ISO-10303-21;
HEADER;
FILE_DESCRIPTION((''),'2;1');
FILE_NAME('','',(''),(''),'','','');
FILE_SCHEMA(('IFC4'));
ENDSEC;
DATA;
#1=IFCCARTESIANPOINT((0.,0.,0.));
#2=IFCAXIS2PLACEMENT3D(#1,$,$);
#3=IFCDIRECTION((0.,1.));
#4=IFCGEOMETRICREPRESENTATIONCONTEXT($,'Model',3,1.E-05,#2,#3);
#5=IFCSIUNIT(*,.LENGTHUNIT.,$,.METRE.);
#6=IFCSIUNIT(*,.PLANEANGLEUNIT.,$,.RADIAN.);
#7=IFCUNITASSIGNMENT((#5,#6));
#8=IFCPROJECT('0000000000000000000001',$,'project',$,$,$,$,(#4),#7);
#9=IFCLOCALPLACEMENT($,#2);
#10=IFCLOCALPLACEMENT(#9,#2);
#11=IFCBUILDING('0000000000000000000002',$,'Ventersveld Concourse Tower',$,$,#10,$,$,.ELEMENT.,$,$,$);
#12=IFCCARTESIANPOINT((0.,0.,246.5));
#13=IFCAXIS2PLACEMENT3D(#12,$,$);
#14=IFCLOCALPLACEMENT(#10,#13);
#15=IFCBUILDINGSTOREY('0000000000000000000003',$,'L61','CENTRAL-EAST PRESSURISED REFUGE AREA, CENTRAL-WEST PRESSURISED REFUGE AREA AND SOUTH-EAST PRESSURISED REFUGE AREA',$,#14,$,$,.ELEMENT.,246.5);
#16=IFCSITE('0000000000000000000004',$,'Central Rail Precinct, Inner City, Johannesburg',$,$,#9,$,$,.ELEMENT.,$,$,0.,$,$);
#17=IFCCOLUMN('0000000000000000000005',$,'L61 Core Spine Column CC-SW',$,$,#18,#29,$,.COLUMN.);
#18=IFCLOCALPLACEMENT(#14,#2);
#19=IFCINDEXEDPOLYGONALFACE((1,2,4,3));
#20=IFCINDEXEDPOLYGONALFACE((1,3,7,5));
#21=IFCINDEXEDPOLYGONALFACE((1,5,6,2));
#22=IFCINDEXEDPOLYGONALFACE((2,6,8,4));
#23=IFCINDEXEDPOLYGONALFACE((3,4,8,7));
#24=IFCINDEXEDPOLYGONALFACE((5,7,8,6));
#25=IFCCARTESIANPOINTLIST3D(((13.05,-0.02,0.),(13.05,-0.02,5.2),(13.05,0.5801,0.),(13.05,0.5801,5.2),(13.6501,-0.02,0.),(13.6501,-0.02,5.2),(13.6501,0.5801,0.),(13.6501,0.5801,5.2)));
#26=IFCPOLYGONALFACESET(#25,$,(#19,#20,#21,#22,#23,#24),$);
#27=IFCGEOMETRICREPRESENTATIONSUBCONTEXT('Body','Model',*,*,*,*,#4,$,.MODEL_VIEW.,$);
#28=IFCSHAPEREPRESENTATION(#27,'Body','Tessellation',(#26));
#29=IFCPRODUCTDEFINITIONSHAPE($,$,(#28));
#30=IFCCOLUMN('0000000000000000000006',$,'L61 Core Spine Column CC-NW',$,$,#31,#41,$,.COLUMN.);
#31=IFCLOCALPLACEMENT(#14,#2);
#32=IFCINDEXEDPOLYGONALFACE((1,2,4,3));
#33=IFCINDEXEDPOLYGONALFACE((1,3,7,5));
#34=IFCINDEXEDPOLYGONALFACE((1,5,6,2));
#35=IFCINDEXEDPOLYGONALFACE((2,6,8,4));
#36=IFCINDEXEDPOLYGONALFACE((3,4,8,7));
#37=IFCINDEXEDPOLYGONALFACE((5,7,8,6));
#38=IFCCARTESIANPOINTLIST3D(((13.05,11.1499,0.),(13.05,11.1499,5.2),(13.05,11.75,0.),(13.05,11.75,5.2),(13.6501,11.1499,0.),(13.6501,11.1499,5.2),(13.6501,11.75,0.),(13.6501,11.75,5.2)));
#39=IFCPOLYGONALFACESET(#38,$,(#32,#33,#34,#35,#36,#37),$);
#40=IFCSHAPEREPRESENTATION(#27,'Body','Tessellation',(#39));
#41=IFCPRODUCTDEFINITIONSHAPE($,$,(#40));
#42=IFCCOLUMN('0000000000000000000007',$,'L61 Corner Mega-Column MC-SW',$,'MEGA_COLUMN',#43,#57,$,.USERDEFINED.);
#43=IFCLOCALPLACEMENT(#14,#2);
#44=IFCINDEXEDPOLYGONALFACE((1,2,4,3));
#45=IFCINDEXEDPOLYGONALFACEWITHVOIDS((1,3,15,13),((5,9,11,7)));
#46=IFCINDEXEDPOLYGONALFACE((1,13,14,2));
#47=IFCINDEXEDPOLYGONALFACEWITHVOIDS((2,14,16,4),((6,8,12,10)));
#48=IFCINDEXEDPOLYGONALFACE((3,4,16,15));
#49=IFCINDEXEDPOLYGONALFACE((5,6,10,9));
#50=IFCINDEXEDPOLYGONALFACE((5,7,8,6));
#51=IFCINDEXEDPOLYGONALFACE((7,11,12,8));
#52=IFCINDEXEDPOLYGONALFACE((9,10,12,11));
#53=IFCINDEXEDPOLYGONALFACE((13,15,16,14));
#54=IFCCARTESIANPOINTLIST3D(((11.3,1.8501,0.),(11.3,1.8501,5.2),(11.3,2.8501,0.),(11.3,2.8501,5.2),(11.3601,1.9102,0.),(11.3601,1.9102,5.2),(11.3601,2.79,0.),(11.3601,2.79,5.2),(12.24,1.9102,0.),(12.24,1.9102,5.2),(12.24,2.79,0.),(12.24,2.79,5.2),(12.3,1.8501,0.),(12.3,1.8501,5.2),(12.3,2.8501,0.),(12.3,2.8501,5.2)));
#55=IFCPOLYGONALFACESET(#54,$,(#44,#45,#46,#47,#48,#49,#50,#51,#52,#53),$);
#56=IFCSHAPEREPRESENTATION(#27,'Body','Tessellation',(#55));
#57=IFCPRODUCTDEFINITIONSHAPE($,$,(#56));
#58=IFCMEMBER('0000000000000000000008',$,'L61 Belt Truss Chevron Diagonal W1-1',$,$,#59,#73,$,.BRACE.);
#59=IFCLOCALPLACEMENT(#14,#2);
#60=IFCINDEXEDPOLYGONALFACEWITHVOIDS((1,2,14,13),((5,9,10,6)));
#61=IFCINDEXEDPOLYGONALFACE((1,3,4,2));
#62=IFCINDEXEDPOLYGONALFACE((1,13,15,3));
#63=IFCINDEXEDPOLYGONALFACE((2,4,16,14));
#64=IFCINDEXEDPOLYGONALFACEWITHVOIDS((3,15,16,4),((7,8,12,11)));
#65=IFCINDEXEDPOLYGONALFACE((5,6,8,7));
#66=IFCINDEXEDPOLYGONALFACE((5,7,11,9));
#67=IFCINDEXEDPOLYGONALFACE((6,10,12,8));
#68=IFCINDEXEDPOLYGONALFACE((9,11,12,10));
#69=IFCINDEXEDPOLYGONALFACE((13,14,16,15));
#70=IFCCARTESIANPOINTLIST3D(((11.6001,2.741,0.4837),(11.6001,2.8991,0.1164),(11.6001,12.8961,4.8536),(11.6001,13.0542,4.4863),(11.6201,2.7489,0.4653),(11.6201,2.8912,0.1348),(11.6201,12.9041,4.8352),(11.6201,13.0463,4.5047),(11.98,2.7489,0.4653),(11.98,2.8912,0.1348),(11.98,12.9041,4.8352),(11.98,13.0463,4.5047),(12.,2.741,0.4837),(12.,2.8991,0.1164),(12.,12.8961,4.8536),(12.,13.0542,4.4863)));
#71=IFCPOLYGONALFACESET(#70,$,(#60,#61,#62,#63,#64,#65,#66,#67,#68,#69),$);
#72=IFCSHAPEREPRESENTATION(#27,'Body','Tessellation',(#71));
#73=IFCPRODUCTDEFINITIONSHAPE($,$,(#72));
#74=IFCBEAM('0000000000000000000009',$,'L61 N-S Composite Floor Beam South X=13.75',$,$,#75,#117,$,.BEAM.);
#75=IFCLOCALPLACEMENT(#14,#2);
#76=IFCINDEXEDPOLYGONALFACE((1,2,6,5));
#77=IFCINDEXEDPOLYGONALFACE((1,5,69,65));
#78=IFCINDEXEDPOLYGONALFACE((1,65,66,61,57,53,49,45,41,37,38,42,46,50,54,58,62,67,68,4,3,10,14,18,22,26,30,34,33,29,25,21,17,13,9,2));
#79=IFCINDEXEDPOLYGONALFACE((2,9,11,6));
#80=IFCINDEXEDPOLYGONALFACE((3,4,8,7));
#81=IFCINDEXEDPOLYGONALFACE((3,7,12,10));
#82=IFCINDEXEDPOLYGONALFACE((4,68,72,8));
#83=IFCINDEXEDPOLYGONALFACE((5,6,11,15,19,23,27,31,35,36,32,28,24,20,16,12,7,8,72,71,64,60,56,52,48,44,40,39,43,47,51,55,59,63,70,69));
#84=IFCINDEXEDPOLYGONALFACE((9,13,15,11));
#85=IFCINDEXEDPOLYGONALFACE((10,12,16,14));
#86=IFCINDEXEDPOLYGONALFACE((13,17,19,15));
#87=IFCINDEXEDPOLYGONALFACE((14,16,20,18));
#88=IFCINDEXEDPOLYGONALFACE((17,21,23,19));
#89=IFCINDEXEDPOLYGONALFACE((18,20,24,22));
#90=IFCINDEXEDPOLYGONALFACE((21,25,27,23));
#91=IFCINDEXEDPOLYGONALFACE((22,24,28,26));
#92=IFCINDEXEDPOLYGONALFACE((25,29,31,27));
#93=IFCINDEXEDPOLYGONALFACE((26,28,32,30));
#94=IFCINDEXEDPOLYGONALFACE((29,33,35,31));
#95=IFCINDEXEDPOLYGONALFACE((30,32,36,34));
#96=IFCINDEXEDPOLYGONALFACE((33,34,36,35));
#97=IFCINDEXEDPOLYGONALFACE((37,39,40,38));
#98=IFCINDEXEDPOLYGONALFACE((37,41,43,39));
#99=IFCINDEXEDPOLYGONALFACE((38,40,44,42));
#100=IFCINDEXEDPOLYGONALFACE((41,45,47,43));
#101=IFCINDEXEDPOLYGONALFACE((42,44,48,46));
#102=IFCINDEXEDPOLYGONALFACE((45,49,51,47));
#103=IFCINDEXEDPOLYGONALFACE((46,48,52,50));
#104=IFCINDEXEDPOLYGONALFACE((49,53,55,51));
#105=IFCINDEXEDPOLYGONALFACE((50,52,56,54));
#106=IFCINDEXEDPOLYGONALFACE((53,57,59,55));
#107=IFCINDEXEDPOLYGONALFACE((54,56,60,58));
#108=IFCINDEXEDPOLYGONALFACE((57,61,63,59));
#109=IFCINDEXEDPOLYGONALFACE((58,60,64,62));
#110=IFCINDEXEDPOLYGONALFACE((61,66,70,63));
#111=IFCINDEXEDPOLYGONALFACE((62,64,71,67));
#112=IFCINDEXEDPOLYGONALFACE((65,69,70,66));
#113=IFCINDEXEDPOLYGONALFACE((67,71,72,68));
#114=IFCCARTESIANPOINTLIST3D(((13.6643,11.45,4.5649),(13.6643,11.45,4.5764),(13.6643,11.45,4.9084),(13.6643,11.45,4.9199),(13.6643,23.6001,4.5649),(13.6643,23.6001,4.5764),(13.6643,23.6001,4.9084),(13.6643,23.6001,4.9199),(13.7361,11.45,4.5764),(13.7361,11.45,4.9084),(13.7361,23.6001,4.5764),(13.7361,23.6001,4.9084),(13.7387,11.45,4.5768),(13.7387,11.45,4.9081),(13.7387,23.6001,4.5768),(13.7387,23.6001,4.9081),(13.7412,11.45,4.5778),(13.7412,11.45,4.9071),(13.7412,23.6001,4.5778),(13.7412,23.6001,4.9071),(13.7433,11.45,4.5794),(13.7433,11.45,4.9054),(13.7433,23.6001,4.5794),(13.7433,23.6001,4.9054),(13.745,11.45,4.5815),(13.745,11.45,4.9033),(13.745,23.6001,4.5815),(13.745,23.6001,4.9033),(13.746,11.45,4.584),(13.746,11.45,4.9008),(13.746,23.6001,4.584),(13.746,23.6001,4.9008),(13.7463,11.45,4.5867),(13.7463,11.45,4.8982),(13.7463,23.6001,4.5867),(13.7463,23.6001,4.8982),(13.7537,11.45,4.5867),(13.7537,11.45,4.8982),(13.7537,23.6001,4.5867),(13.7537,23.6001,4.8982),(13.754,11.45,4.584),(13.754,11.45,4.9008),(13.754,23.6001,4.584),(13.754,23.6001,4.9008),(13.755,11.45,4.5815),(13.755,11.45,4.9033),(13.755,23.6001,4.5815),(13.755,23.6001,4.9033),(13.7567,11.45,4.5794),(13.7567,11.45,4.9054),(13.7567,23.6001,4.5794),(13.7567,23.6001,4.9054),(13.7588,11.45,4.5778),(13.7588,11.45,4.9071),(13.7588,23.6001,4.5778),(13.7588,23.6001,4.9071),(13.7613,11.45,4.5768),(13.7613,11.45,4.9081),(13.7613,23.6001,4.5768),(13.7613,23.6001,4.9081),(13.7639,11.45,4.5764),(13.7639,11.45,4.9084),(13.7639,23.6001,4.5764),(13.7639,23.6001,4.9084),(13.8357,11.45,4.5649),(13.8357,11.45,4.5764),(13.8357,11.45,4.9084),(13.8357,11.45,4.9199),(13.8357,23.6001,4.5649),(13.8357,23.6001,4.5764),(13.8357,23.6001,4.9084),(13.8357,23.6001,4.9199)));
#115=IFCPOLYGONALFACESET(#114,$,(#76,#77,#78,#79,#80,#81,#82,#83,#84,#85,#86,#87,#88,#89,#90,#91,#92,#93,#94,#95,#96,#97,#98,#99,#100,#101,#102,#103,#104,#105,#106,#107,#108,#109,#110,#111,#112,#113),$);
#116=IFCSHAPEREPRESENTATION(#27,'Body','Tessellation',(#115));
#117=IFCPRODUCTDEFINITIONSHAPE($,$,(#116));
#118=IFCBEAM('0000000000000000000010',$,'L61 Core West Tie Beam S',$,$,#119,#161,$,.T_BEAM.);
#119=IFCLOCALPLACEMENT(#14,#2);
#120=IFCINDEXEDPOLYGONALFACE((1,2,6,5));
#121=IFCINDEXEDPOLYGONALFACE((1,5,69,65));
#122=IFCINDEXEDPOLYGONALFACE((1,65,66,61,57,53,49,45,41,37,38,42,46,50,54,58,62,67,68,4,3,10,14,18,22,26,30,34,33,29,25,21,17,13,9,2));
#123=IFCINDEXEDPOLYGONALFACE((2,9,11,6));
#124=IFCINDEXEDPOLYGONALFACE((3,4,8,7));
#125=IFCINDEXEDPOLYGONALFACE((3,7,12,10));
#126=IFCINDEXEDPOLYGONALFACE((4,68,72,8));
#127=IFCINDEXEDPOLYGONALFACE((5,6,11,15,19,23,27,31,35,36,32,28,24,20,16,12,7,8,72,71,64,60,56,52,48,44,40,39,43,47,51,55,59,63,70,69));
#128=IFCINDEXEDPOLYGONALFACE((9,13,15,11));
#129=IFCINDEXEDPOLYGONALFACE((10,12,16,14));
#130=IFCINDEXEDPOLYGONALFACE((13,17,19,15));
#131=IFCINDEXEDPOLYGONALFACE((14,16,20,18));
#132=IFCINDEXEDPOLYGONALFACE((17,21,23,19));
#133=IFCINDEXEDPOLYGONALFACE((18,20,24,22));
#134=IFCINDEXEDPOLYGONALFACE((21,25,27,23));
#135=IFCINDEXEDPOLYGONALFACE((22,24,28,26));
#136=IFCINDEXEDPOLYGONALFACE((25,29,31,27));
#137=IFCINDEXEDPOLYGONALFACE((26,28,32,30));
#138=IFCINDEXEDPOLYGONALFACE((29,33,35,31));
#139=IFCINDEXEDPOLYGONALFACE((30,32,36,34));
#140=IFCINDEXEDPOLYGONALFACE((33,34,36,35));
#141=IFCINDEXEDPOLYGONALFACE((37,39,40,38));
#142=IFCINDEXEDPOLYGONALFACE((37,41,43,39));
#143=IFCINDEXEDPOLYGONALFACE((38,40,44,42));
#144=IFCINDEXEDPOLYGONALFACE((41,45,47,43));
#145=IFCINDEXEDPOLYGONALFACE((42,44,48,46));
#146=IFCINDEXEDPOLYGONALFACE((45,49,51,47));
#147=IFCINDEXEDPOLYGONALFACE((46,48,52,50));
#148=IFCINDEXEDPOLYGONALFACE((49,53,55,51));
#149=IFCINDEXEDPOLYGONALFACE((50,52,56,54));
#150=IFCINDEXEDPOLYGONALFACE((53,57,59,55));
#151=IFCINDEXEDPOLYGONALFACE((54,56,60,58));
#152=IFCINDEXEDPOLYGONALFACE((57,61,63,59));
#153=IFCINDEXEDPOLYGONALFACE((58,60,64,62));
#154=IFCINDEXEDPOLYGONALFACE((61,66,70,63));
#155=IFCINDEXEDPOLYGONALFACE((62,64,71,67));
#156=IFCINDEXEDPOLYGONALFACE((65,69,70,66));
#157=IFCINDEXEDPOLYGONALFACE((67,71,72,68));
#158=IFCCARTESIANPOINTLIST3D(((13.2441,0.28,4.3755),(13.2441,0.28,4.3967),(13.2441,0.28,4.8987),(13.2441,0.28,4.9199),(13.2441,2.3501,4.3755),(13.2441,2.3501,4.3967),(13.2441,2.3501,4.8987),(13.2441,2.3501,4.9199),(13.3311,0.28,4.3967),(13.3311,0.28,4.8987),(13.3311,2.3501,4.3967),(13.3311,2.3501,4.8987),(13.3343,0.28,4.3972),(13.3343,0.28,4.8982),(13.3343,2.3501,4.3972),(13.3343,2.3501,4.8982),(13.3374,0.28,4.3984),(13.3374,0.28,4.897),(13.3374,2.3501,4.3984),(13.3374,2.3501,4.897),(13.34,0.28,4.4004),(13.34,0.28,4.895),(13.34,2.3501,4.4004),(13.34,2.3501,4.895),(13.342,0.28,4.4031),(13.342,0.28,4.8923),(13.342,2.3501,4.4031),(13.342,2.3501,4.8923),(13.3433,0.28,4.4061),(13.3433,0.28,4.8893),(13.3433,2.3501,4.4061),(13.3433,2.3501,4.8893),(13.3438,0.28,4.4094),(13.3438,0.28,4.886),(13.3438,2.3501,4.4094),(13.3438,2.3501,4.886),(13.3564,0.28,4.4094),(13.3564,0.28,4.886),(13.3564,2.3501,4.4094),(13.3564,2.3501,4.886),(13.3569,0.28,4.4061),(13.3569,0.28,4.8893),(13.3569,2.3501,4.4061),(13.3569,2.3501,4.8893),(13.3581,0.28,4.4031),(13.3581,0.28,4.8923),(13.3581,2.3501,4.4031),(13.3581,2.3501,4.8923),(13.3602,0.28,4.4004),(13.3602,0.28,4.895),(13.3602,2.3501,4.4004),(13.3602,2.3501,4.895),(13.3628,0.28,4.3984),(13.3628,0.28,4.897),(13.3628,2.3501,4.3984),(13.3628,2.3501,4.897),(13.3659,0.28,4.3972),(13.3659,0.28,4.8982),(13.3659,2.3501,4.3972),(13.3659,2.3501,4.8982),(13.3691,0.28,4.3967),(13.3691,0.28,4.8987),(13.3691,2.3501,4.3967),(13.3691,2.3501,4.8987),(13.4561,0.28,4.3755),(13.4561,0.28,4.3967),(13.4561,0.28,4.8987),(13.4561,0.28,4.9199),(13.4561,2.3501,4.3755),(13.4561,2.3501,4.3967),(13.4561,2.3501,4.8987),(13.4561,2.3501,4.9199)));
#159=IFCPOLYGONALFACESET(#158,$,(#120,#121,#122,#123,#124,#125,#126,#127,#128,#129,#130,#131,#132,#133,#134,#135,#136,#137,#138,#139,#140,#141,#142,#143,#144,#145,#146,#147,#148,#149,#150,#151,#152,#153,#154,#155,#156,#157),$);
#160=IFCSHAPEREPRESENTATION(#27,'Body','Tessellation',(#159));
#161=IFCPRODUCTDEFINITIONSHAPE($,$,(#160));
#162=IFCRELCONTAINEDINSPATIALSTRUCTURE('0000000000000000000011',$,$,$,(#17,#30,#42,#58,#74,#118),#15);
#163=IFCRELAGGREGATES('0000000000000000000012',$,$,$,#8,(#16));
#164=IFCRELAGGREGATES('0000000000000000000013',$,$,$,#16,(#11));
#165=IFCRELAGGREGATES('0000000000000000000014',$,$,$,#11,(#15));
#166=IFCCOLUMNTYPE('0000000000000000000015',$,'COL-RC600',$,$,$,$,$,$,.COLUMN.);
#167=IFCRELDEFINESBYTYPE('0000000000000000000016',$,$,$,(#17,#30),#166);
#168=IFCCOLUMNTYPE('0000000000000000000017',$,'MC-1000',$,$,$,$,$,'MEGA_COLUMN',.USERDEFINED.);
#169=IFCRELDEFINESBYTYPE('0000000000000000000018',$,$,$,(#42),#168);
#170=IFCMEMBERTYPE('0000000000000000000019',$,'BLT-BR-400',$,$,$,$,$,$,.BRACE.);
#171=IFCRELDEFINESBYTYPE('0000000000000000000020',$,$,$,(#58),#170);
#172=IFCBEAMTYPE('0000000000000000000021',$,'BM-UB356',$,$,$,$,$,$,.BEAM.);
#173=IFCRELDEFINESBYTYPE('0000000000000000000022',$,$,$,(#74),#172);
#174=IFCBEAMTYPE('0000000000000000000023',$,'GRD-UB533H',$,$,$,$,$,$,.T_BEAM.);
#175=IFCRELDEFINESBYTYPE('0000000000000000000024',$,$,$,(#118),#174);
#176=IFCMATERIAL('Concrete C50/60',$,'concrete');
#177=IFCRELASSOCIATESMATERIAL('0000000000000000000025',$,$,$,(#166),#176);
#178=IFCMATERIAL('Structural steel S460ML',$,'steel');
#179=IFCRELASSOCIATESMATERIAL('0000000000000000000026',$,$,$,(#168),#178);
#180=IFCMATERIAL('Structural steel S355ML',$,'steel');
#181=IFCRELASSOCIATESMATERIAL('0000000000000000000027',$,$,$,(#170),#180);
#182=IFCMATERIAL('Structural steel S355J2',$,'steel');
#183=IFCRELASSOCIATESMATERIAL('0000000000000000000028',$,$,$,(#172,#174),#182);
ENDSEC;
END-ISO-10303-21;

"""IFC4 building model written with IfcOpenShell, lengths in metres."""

from ifc_helpers import new_model, si_unit, direction, frame, origin, origin_2d, place, context, subcontext, project, spatial, rectangle, hollow_rectangle, i_section, extrude, material, material_profile, profile_set, type_object, element, save


model = new_model("IFC4")

# Units and contexts
model_context = context("Model", 3, precision=1e-05, world=origin(), true_north=direction((0.0, 1.0)))
body_context = subcontext(model_context, "Body", "Model", "MODEL_VIEW")
ifc_project = project(units=[si_unit("LENGTHUNIT", "METRE"), si_unit("PLANEANGLEUNIT", "RADIAN")], contexts=[model_context])

# Site, building, storey
site_placement = place(None, origin())
site = spatial("IfcSite", under=ifc_project, at=site_placement, Name="Central Rail Precinct, Inner City, Johannesburg", CompositionType="ELEMENT", RefElevation=0.0)
building_placement = place(site_placement, origin())
building = spatial("IfcBuilding", under=site, at=building_placement, Name="Ventersveld Concourse Tower", CompositionType="ELEMENT")
storey_placement = place(building_placement, frame((0.0, 0.0, 246.5)))
storey = spatial("IfcBuildingStorey", under=building, at=storey_placement, Name="L61", Description="CENTRAL-EAST PRESSURISED REFUGE AREA, CENTRAL-WEST PRESSURISED REFUGE AREA AND SOUTH-EAST PRESSURISED REFUGE AREA", CompositionType="ELEMENT", Elevation=246.5)

# Columns
ifc_material_1 = material(Name="Concrete C50/60", Category="concrete")
ifc_material_profile_1 = material_profile(ifc_material_1, rectangle(XDim=0.6001, YDim=0.6001, at=origin_2d()), Name="RC 600x600")
ifc_profile_set_1 = profile_set([ifc_material_profile_1], Name="Concrete C50/60")
column_type_1 = type_object("IfcColumnType", Name="COL-RC600", PredefinedType="COLUMN", material=ifc_profile_set_1)
for number, where, z_axis, x_axis, name in (
    (1, (13.3501, 0.28, 0.0), (0.0, 0.0, 1.0), (1.0, 0.0, 0.0), "L61 Core Spine Column CC-SW"),
    (2, (13.3501, 11.45, 0.0), (0.0, 0.0, 1.0), (1.0, 0.0, 0.0), "L61 Core Spine Column CC-NW"),
):
    element("IfcColumn", number, at=place(storey_placement, frame(where, z_axis=z_axis, x_axis=x_axis)), inside=storey, type_object=column_type_1, Name=name, PredefinedType="COLUMN", context=body_context, shape_type="SweptSolid", body=[
        extrude(rectangle(XDim=0.6001, YDim=0.6001, at=origin_2d()), origin(), (0.0, 0.0, 1.0), 5.2),
    ])
ifc_material_2 = material(Name="Structural steel S460ML", Category="steel")
ifc_material_profile_2 = material_profile(ifc_material_2, hollow_rectangle(XDim=1.0, YDim=1.0, WallThickness=0.0601, at=origin_2d()), Name="BOX 1000x1000x60")
ifc_profile_set_2 = profile_set([ifc_material_profile_2], Name="Structural steel S460ML")
column_type_2 = type_object("IfcColumnType", Name="MC-1000", ElementType="MEGA_COLUMN", PredefinedType="USERDEFINED", material=ifc_profile_set_2)
column_placement = place(storey_placement, frame((11.8, 2.3501, 0.0), z_axis=(0.0, 0.0, 1.0), x_axis=(1.0, 0.0, 0.0)))
element("IfcColumn", 3, at=column_placement, inside=storey, type_object=column_type_2, Name="L61 Corner Mega-Column MC-SW", ObjectType="MEGA_COLUMN", PredefinedType="USERDEFINED", context=body_context, shape_type="SweptSolid", body=[
    extrude(hollow_rectangle(XDim=1.0, YDim=1.0, WallThickness=0.0601, at=origin_2d()), origin(), (0.0, 0.0, 1.0), 5.2),
])

# Member
ifc_material_3 = material(Name="Structural steel S355ML", Category="steel")
ifc_material_profile_3 = material_profile(ifc_material_3, hollow_rectangle(XDim=0.3999, YDim=0.3999, WallThickness=0.02, at=origin_2d()), Name="SHS 400x400x20")
ifc_profile_set_3 = profile_set([ifc_material_profile_3], Name="Structural steel S355ML")
member_type_1 = type_object("IfcMemberType", Name="BLT-BR-400", PredefinedType="BRACE", material=ifc_profile_set_3)
member_1_placement = place(storey_placement, frame((11.8, 2.8201, 0.3), z_axis=(0.0, 0.918564, 0.395273), x_axis=(-1.0, 0.0, 0.0)))
element("IfcMember", 4, at=member_1_placement, inside=storey, type_object=member_type_1, Name="L61 Belt Truss Chevron Diagonal W1-1", PredefinedType="BRACE", context=body_context, shape_type="SweptSolid", body=[
    extrude(hollow_rectangle(XDim=0.3999, YDim=0.3999, WallThickness=0.02, at=origin_2d()), origin(), (0.0, 0.0, 1.0), 11.0554),
])

# Beams
ifc_material_4 = material(Name="Structural steel S355J2", Category="steel")
ifc_material_profile_4 = material_profile(ifc_material_4, i_section(OverallWidth=0.1714, OverallDepth=0.355, WebThickness=0.0073, FlangeThickness=0.0115, FilletRadius=0.0103, at=origin_2d()), Name="UB 356x171x51")
ifc_profile_set_4 = profile_set([ifc_material_profile_4], Name="Structural steel S355J2")
beam_type_1 = type_object("IfcBeamType", Name="BM-UB356", PredefinedType="BEAM", material=ifc_profile_set_4)
beam_1_placement = place(storey_placement, frame((13.75, 11.45, 4.7424), z_axis=(0.0, 1.0, 0.0), x_axis=(-1.0, 0.0, 0.0)))
element("IfcBeam", 5, at=beam_1_placement, inside=storey, type_object=beam_type_1, Name="L61 N-S Composite Floor Beam South X=13.75", PredefinedType="BEAM", context=body_context, shape_type="SweptSolid", body=[
    extrude(i_section(OverallWidth=0.1714, OverallDepth=0.355, WebThickness=0.0073, FlangeThickness=0.0115, FilletRadius=0.0103, at=origin_2d()), origin(), (0.0, 0.0, 1.0), 12.1501),
])
ifc_material_profile_5 = material_profile(ifc_material_4, i_section(OverallWidth=0.2119, OverallDepth=0.5444, WebThickness=0.0127, FlangeThickness=0.0212, FilletRadius=0.0127, at=origin_2d()), Name="UB 533x210x122")
ifc_profile_set_5 = profile_set([ifc_material_profile_5], Name="Structural steel S355J2")
beam_type_2 = type_object("IfcBeamType", Name="GRD-UB533H", PredefinedType="T_BEAM", material=ifc_profile_set_5)
beam_2_placement = place(storey_placement, frame((13.3501, 0.28, 4.6477), z_axis=(0.0, 1.0, 0.0), x_axis=(-1.0, 0.0, 0.0)))
element("IfcBeam", 6, at=beam_2_placement, inside=storey, type_object=beam_type_2, Name="L61 Core West Tie Beam S", PredefinedType="T_BEAM", context=body_context, shape_type="SweptSolid", body=[
    extrude(i_section(OverallWidth=0.2119, OverallDepth=0.5444, WebThickness=0.0127, FlangeThickness=0.0212, FilletRadius=0.0127, at=origin_2d()), origin(), (0.0, 0.0, 1.0), 2.0701),
])

save(model, "model.ifc")
